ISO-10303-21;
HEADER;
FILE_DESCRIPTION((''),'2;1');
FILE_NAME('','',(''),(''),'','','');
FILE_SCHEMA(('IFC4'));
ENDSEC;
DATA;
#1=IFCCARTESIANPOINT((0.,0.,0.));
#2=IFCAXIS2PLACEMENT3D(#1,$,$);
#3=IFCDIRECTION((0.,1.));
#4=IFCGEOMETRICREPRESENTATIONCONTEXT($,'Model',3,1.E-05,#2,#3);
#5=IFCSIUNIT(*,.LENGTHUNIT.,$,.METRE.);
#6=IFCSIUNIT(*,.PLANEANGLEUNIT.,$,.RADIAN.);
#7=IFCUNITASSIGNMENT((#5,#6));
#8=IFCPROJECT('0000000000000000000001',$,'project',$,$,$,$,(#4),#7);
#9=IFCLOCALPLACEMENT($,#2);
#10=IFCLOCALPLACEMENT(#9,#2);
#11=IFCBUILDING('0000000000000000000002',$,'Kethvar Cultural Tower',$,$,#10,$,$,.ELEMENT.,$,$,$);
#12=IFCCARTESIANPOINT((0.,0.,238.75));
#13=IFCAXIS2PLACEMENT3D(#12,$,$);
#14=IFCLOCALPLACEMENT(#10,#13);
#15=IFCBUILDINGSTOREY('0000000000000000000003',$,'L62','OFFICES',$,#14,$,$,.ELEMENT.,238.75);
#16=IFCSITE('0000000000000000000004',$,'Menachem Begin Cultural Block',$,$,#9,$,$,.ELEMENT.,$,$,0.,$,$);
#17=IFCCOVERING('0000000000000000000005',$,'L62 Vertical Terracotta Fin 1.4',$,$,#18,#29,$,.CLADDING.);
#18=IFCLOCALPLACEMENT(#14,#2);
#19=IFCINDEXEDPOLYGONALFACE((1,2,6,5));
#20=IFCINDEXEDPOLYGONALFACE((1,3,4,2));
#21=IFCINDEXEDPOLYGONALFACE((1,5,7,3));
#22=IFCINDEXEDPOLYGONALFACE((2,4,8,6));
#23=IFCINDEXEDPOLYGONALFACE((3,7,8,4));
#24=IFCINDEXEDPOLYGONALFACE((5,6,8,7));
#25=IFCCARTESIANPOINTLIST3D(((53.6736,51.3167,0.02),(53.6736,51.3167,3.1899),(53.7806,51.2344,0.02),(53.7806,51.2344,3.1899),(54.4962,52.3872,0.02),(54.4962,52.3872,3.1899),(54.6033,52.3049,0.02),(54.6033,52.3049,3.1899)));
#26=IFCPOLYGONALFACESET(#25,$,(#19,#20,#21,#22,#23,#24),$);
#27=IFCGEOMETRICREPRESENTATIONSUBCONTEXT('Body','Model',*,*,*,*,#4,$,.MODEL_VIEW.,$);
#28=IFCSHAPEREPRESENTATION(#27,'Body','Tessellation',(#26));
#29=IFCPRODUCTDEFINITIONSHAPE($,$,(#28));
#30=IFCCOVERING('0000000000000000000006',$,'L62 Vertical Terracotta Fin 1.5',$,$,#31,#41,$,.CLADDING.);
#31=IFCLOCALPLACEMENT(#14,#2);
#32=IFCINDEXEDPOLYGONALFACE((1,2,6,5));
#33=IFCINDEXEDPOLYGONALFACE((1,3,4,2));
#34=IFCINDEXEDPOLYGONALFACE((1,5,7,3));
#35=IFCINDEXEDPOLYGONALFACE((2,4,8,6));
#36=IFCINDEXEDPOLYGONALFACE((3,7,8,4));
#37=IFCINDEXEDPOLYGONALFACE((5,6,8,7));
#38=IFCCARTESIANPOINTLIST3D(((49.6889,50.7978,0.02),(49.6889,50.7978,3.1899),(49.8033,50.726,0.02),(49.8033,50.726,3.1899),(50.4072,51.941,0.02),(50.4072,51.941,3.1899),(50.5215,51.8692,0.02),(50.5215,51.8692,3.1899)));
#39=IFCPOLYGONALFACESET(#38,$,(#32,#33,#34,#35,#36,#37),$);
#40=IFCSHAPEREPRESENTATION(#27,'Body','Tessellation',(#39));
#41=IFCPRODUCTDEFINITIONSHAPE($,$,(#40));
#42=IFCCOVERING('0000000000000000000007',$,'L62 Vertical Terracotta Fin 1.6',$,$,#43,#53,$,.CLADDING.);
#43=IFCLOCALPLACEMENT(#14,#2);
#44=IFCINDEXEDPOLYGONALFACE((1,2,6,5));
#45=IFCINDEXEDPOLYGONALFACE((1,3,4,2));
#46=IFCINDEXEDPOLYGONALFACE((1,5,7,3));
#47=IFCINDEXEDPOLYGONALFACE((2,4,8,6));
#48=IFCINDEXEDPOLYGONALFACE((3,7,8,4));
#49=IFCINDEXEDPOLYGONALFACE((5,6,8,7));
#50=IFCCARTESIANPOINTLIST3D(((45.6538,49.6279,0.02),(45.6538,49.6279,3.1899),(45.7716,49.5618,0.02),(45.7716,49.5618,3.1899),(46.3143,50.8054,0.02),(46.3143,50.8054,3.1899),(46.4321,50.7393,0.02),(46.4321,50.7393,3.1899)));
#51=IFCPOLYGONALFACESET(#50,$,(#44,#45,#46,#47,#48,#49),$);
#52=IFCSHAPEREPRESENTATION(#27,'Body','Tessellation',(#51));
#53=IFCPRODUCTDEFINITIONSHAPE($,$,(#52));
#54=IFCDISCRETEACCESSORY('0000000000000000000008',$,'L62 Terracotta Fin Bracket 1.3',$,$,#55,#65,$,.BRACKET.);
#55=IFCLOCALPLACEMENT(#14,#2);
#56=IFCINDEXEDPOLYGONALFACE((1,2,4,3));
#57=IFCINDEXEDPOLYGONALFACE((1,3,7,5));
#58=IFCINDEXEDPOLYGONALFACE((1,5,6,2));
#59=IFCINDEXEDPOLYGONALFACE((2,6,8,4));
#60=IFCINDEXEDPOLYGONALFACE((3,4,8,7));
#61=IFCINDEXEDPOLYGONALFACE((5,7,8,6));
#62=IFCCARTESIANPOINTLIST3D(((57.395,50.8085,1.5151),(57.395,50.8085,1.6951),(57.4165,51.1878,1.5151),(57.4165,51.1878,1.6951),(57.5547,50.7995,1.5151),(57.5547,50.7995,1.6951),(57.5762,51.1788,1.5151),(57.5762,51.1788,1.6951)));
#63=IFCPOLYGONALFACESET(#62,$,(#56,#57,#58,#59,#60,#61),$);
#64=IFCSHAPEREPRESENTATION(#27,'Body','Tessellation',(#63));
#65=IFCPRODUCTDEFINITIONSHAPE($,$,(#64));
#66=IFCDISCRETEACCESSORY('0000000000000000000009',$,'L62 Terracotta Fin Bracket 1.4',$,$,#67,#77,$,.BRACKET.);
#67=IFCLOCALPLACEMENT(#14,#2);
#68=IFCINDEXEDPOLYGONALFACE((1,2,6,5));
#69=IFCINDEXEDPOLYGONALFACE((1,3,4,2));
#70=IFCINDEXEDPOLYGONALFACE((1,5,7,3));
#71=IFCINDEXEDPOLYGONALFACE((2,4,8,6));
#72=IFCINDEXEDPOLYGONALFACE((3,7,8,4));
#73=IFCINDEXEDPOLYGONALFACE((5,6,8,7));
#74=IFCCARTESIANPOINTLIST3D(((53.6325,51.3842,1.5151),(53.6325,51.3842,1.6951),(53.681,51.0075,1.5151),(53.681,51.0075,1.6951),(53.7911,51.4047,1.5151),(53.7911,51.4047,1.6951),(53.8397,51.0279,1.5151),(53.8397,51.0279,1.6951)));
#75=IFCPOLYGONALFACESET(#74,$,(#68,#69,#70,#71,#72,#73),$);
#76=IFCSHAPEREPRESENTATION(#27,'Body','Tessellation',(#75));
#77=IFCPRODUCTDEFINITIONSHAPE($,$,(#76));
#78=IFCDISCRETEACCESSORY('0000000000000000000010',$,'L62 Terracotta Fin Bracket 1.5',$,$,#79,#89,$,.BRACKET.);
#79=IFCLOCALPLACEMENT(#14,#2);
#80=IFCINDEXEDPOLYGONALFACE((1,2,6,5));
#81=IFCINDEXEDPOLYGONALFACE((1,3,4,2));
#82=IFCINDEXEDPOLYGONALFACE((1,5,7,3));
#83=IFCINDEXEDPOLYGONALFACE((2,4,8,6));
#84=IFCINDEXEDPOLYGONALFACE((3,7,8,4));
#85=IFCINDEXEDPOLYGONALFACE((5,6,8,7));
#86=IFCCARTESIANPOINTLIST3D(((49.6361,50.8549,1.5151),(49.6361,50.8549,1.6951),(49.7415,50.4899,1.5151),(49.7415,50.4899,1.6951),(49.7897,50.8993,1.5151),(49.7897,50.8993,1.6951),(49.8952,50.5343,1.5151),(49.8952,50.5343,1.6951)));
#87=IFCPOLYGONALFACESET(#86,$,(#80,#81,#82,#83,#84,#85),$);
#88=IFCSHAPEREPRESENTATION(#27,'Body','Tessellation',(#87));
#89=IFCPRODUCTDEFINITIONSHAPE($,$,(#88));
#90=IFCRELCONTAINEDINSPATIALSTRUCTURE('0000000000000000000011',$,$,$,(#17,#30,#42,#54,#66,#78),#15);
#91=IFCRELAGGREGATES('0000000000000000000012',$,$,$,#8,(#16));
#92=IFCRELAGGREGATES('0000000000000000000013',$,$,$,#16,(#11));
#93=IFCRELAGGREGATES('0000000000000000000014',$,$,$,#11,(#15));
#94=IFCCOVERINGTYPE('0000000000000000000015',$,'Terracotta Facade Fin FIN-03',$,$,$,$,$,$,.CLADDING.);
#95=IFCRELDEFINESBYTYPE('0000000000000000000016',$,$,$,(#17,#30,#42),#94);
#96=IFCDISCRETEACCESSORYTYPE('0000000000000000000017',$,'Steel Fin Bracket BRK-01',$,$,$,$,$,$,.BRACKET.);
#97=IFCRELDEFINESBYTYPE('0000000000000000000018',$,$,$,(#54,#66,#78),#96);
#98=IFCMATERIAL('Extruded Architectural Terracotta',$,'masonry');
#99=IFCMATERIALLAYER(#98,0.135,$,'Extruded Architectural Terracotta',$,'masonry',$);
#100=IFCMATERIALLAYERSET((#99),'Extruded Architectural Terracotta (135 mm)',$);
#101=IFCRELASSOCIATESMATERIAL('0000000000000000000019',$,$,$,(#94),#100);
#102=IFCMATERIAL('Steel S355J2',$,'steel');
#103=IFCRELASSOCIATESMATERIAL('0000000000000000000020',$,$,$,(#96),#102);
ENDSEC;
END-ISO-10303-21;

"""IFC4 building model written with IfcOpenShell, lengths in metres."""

from ifc_helpers import new_model, si_unit, direction, frame, origin, origin_2d, place, context, subcontext, project, spatial, rectangle, extrude, source, transform, mapped, material, layer, layer_set, type_object, element, save


model = new_model("IFC4")

# Units and contexts
model_context = context("Model", 3, precision=1e-05, world=origin(), true_north=direction((0.0, 1.0)))
body_context = subcontext(model_context, "Body", "Model", "MODEL_VIEW")
ifc_project = project(units=[si_unit("LENGTHUNIT", "METRE"), si_unit("PLANEANGLEUNIT", "RADIAN")], contexts=[model_context])

# Site, building, storey
site_placement = place(None, origin())
site = spatial("IfcSite", under=ifc_project, at=site_placement, Name="Menachem Begin Cultural Block", CompositionType="ELEMENT", RefElevation=0.0)
building_placement = place(site_placement, origin())
building = spatial("IfcBuilding", under=site, at=building_placement, Name="Kethvar Cultural Tower", CompositionType="ELEMENT")
storey_placement = place(building_placement, frame((0.0, 0.0, 238.75)))
storey = spatial("IfcBuildingStorey", under=building, at=storey_placement, Name="L62", Description="OFFICES", CompositionType="ELEMENT", Elevation=238.75)

# Shared definitions
ifc_material_1 = material(Name="Steel S355J2", Category="steel")

# Coverings
ifc_material_2 = material(Name="Extruded Architectural Terracotta", Category="masonry")
ifc_layer_1 = layer(ifc_material_2, 0.135, Name="Extruded Architectural Terracotta", Category="masonry")
ifc_layer_set_1 = layer_set([ifc_layer_1], Name="Extruded Architectural Terracotta (135 mm)")
covering_type = type_object("IfcCoveringType", Name="Terracotta Facade Fin FIN-03", PredefinedType="CLADDING", material=ifc_layer_set_1)
shared_shape_1 = source(origin(), body_context, "Body", "SweptSolid", [
    extrude(rectangle(XDim=1.3501, YDim=0.135, at=origin_2d()), origin(), (0.0, 0.0, 1.0), 3.1699),
])
for number, where, z_axis, x_axis, name in (
    (1, (54.1384, 51.8108, 0.02), (0.0, 0.0, 1.0), (0.609315, 0.792928, 0.0), "L62 Vertical Terracotta Fin 1.4"),
    (2, (50.1052, 51.3335, 0.02), (0.0, 0.0, 1.0), (0.53199, 0.846751, 0.0), "L62 Vertical Terracotta Fin 1.5"),
    (3, (46.043, 50.1836, 0.02), (0.0, 0.0, 1.0), (0.48923, 0.872155, 0.0), "L62 Vertical Terracotta Fin 1.6"),
):
    element("IfcCovering", number, at=place(storey_placement, frame(where, z_axis=z_axis, x_axis=x_axis)), inside=storey, type_object=covering_type, Name=name, PredefinedType="CLADDING", context=body_context, shape_type="MappedRepresentation", body=[
        mapped(shared_shape_1, transform((0.0, 0.0, 0.0), scale=1.0)),
    ])

# Discrete accessories
discrete_accessory_type = type_object("IfcDiscreteAccessoryType", Name="Steel Fin Bracket BRK-01", PredefinedType="BRACKET", material=ifc_material_1)
shared_shape_2 = source(origin(), body_context, "Body", "SweptSolid", [
    extrude(rectangle(XDim=0.3799, YDim=0.1599, at=origin_2d()), origin(), (0.0, 0.0, 1.0), 0.1799),
])
for number, where, z_axis, x_axis, name in (
    (4, (57.4856, 50.9937, 1.5151), (0.0, 0.0, 1.0), (0.056519, 0.998402, 0.0), "L62 Terracotta Fin Bracket 1.3"),
    (5, (53.7361, 51.2061, 1.5151), (0.0, 0.0, 1.0), (-0.127757, 0.991805, 0.0), "L62 Terracotta Fin Bracket 1.4"),
    (6, (49.7656, 50.6946, 1.5151), (0.0, 0.0, 1.0), (-0.27765, 0.960682, 0.0), "L62 Terracotta Fin Bracket 1.5"),
):
    element("IfcDiscreteAccessory", number, at=place(storey_placement, frame(where, z_axis=z_axis, x_axis=x_axis)), inside=storey, type_object=discrete_accessory_type, Name=name, PredefinedType="BRACKET", context=body_context, shape_type="MappedRepresentation", body=[
        mapped(shared_shape_2, transform((0.0, 0.0, 0.0), scale=1.0)),
    ])

save(model, "model.ifc")
